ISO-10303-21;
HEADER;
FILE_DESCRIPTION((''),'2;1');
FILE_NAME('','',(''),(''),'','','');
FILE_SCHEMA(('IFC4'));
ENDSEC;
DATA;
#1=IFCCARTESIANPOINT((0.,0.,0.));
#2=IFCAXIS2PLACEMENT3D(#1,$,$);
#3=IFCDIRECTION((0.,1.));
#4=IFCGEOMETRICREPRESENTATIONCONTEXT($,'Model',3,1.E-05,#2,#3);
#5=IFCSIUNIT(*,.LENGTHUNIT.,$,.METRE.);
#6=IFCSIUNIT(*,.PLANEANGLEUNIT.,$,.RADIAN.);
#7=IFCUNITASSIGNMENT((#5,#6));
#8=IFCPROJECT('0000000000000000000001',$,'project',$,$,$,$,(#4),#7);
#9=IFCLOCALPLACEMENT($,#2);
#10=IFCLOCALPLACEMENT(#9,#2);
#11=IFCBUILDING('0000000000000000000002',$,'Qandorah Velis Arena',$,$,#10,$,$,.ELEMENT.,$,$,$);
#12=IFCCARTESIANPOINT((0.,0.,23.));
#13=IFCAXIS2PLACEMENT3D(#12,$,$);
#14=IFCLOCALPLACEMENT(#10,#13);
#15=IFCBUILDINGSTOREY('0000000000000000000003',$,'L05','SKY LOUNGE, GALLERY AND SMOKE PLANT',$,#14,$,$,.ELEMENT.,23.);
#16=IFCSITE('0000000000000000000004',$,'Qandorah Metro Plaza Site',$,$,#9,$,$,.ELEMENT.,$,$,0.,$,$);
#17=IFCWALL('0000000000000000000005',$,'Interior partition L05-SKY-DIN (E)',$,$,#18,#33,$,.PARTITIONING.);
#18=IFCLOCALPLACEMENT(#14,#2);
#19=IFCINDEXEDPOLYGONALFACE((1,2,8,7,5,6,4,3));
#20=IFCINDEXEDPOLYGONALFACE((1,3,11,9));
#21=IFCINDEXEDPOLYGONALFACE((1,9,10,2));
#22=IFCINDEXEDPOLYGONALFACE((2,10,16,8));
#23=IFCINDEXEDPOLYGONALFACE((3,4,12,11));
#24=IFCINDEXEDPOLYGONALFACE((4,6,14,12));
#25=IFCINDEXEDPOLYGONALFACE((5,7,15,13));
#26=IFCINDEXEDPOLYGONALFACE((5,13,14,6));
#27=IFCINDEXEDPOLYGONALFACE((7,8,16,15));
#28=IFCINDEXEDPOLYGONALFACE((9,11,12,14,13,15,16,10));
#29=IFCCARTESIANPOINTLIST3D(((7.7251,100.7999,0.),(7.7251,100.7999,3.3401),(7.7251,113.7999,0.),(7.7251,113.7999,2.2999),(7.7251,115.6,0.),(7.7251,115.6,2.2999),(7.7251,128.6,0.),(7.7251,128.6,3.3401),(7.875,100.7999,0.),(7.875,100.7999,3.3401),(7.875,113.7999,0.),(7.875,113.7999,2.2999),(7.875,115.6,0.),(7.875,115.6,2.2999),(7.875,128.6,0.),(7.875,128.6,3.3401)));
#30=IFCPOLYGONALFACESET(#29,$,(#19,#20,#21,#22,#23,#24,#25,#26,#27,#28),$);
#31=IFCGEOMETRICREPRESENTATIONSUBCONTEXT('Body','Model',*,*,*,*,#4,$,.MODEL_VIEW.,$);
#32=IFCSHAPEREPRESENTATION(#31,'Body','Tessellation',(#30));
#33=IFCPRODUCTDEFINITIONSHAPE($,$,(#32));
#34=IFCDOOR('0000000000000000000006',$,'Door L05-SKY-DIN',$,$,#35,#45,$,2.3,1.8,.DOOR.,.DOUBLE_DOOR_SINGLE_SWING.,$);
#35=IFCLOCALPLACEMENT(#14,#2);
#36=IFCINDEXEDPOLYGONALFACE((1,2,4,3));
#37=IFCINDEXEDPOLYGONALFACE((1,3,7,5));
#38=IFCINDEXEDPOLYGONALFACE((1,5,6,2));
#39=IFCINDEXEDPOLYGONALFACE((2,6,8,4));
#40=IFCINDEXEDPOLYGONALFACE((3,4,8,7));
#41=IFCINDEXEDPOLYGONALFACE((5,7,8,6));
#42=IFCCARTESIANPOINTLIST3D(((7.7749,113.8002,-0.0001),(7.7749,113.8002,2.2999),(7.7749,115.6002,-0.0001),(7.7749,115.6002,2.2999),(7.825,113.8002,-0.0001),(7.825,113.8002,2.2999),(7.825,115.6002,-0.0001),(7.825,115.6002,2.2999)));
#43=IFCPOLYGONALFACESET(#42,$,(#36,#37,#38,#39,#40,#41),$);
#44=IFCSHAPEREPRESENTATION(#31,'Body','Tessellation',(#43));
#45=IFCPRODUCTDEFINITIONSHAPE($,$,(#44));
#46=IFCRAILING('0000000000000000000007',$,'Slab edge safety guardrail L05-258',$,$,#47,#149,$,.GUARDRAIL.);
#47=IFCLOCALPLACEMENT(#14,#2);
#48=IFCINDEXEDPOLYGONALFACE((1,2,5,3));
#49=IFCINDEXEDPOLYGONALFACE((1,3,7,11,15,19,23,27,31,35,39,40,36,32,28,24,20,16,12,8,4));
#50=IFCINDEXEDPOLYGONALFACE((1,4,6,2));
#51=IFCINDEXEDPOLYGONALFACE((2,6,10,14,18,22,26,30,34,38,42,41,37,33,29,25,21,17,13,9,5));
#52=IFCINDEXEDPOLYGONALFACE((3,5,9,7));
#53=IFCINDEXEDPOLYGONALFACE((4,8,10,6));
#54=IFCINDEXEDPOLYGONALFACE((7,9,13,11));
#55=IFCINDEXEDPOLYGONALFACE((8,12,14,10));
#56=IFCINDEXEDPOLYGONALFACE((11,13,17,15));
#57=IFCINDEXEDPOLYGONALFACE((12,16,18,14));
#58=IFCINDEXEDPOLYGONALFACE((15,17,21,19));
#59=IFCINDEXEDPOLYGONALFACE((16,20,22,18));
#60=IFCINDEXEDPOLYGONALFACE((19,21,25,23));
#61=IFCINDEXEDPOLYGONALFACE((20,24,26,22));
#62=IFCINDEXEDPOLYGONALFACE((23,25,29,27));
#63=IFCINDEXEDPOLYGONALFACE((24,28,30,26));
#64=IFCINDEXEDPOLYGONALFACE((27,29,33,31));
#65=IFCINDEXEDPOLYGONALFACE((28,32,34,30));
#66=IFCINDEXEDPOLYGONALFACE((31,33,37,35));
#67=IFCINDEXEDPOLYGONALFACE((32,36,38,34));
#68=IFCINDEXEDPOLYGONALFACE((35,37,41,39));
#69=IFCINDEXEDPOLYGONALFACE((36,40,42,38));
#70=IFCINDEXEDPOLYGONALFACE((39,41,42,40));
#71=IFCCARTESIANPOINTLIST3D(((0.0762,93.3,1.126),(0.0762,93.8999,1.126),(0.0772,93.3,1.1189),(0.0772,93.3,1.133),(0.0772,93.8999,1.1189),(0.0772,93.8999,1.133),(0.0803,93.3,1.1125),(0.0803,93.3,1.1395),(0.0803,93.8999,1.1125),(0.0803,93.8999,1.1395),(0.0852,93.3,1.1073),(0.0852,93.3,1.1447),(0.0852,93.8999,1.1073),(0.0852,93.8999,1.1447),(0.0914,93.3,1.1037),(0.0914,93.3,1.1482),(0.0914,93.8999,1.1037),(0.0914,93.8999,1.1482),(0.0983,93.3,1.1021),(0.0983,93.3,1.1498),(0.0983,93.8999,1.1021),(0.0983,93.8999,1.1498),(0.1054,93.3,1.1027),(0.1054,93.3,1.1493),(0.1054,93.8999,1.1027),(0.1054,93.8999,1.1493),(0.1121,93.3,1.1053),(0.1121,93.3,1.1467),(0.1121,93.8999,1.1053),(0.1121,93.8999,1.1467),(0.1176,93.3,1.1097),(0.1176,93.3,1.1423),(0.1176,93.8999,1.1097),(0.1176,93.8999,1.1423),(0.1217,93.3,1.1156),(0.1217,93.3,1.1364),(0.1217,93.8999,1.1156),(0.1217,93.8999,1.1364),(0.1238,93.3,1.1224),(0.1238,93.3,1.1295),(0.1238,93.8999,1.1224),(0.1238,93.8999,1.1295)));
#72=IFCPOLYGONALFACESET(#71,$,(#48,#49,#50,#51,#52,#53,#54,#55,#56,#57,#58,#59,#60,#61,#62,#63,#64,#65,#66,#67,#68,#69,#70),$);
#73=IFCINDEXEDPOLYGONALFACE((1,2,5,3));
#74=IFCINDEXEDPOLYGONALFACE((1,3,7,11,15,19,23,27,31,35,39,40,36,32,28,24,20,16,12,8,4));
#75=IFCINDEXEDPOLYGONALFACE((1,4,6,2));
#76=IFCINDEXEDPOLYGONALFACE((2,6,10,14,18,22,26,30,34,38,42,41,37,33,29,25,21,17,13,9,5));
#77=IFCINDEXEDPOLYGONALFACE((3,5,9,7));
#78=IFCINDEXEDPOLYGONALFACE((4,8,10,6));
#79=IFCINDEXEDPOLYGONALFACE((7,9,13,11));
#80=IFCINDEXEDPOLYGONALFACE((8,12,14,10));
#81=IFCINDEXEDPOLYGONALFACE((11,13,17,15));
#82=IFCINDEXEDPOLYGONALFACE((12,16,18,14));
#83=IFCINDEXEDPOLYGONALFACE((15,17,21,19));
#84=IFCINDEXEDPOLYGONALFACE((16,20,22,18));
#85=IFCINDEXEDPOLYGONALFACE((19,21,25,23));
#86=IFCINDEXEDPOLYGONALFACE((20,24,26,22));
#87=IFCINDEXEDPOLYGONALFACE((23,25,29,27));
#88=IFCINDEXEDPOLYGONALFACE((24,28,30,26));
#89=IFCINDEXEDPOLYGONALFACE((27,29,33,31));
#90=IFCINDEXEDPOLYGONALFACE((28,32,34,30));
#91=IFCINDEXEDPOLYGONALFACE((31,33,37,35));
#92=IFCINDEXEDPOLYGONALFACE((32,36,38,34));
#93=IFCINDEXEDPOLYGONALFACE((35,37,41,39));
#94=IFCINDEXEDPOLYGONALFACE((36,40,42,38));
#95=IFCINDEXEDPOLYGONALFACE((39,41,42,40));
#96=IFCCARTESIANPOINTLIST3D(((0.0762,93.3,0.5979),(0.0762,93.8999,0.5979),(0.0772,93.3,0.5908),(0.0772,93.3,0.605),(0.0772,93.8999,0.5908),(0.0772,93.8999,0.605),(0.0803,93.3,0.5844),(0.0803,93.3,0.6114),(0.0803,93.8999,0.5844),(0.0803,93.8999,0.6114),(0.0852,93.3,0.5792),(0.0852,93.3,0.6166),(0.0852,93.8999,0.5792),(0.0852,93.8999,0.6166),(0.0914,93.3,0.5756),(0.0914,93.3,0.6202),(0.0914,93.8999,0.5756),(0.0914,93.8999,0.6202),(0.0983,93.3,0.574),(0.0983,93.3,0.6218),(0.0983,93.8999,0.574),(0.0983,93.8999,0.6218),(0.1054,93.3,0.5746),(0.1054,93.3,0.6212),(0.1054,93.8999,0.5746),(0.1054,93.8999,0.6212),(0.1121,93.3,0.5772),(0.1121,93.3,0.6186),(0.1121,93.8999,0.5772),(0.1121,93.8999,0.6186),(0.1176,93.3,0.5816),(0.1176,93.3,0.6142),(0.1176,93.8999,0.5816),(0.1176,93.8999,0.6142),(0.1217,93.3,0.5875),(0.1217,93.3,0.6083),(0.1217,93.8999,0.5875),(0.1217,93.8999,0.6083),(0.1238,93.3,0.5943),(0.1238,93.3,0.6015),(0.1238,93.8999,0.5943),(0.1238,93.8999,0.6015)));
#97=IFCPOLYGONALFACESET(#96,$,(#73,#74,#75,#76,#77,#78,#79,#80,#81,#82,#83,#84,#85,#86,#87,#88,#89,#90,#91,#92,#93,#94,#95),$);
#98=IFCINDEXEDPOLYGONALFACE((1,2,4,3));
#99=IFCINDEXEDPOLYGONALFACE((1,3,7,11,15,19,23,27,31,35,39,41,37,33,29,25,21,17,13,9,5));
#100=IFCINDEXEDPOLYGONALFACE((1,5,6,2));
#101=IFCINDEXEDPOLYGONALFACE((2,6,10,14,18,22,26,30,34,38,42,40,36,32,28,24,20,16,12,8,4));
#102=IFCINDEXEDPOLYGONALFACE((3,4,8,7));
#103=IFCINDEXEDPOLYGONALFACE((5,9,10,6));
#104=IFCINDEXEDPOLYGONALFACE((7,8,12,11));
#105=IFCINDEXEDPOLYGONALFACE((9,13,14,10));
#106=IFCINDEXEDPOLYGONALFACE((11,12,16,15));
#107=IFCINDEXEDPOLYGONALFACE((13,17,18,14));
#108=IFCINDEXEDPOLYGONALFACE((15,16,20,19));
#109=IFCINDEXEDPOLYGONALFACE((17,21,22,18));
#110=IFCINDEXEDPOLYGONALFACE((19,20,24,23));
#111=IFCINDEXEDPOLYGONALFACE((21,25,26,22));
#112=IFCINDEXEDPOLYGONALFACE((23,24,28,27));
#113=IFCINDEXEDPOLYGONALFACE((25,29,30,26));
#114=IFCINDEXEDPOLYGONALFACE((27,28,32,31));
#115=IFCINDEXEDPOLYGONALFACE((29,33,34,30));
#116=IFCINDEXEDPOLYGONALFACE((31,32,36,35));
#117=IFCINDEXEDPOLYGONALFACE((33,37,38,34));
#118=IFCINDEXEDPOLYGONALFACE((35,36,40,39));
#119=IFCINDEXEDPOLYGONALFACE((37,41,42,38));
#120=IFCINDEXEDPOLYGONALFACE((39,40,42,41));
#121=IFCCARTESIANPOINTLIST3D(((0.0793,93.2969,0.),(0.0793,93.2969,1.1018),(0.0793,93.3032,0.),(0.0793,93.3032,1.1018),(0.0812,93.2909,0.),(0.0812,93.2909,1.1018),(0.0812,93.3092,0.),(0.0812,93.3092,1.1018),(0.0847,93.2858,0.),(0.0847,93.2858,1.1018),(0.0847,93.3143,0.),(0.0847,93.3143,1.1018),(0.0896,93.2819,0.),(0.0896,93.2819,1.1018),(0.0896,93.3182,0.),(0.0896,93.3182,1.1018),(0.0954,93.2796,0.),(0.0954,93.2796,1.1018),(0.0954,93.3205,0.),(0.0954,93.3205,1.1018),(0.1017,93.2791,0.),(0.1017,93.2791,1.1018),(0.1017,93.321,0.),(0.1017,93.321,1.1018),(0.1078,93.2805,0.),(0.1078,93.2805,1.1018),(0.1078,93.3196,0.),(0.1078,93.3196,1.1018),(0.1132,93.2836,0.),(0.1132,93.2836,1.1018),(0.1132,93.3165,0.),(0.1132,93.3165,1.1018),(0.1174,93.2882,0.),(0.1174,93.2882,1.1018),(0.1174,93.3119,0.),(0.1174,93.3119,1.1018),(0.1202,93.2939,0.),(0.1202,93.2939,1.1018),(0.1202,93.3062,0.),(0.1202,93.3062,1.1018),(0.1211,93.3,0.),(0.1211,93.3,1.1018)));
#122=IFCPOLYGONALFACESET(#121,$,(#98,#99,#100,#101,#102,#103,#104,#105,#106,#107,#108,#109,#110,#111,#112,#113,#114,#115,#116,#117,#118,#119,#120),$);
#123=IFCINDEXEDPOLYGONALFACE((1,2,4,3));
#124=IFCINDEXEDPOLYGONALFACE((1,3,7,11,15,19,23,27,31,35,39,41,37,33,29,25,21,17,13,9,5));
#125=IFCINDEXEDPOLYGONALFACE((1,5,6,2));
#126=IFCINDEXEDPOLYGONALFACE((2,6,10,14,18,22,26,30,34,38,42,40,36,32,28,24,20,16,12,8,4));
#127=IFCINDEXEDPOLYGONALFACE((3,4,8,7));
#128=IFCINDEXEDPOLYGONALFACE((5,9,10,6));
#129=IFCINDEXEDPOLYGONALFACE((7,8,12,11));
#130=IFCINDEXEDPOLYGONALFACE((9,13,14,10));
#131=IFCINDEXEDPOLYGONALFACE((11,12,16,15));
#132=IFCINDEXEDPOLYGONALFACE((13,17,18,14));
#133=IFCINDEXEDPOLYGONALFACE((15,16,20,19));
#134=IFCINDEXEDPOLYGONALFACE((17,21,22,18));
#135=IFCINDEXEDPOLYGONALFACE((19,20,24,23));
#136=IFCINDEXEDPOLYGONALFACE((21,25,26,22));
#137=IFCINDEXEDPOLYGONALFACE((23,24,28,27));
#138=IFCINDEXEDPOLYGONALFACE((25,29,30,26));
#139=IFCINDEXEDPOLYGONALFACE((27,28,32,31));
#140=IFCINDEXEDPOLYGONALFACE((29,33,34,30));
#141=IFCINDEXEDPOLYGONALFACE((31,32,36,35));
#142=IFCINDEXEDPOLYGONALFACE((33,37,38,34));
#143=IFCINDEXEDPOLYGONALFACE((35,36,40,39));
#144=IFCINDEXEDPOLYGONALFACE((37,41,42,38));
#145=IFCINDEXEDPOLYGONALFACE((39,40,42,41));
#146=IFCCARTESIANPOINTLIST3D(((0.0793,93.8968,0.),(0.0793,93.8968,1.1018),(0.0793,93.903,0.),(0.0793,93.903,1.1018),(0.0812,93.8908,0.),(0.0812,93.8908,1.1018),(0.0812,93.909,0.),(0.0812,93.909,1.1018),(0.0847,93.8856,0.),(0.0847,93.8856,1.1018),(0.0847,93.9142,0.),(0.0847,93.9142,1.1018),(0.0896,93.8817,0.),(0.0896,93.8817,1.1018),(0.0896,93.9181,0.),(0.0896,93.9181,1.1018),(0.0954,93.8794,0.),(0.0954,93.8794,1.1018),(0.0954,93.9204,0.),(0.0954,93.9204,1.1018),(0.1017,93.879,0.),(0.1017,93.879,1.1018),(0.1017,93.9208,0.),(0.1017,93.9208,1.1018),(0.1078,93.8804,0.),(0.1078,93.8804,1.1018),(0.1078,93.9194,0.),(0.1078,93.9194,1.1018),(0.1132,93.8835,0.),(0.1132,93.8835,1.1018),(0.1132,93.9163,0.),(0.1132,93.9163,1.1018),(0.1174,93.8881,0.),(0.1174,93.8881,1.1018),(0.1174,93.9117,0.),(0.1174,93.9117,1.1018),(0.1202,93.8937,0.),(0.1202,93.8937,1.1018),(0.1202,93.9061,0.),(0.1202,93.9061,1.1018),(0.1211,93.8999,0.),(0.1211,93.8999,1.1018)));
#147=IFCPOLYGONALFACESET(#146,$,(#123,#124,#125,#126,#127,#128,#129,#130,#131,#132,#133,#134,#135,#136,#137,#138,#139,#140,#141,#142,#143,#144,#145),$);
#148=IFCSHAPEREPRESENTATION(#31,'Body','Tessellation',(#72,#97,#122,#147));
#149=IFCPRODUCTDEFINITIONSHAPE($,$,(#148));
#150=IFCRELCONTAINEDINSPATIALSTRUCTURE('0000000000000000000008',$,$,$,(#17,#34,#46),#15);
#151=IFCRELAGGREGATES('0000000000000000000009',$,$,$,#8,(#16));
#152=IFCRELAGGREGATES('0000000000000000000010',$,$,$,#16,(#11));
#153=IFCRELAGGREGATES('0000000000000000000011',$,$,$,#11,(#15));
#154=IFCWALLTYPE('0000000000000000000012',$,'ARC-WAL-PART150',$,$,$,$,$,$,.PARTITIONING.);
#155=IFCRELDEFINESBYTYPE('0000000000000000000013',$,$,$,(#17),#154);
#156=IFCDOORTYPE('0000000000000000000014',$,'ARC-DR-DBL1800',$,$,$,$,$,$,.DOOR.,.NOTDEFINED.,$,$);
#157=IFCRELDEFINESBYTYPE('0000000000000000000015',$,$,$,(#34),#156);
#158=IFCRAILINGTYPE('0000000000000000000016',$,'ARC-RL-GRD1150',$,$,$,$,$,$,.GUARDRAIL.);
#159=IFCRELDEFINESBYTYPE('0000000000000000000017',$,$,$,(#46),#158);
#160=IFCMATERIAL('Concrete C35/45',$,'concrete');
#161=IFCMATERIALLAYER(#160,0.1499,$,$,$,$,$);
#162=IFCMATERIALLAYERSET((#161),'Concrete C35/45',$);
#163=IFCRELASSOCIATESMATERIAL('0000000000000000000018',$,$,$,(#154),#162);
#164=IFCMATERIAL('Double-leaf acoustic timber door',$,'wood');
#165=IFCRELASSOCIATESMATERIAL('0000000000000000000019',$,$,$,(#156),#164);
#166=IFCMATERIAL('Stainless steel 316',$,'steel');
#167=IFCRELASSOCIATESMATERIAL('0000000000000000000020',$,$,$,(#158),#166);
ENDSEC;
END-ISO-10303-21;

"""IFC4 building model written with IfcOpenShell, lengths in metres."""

from ifc_helpers import new_model, si_unit, direction, frame, frame_2d, origin, origin_2d, place, context, subcontext, project, spatial, rectangle, circle, extrude, material, layer, layer_set, type_object, element, fill, save


model = new_model("IFC4")

# Units and contexts
model_context = context("Model", 3, precision=1e-05, world=origin(), true_north=direction((0.0, 1.0)))
body_context = subcontext(model_context, "Body", "Model", "MODEL_VIEW")
ifc_project = project(units=[si_unit("LENGTHUNIT", "METRE"), si_unit("PLANEANGLEUNIT", "RADIAN")], contexts=[model_context])

# Site, building, storey
site_placement = place(None, origin())
site = spatial("IfcSite", under=ifc_project, at=site_placement, Name="Qandorah Metro Plaza Site", CompositionType="ELEMENT", RefElevation=0.0)
building_placement = place(site_placement, origin())
building = spatial("IfcBuilding", under=site, at=building_placement, Name="Qandorah Velis Arena", CompositionType="ELEMENT")
storey_placement = place(building_placement, frame((0.0, 0.0, 23.0)))
storey = spatial("IfcBuildingStorey", under=building, at=storey_placement, Name="L05", Description="SKY LOUNGE, GALLERY AND SMOKE PLANT", CompositionType="ELEMENT", Elevation=23.0)

# Shared definitions
ifc_material_1 = material(Name="Concrete C35/45", Category="concrete")
ifc_layer_1 = layer(ifc_material_1, 0.1499)
ifc_layer_set_1 = layer_set([ifc_layer_1], Name="Concrete C35/45")
wall_type_1 = type_object("IfcWallType", Name="ARC-WAL-PART150", PredefinedType="PARTITIONING", material=ifc_layer_set_1)

# Wall, opening, door
wall_1_placement = place(storey_placement, frame((7.8, 100.8, 0.0), z_axis=(0.0, 0.0, 1.0), x_axis=(0.0, 1.0, 0.0)))
wall_1 = element("IfcWall", 1, at=wall_1_placement, inside=storey, type_object=wall_type_1, Name="Interior partition L05-SKY-DIN (E)", PredefinedType="PARTITIONING", context=body_context, shape_type="SweptSolid", body=[
    extrude(rectangle(XDim=27.8, YDim=0.1499, at=frame_2d((13.8999, 0.0))), origin(), (0.0, 0.0, 1.0), 3.3401),
])
opening_placement = place(wall_1_placement, frame((13.0, 0.0, 0.0)))
opening = element("IfcOpeningElement", 2, at=opening_placement, cuts=wall_1, PredefinedType="OPENING", context=body_context, shape_type="SweptSolid", body=[
    extrude(rectangle(XDim=1.8, YDim=2.3, at=frame_2d((0.8999, 1.1499))), frame((0.0, 0.085, 0.0), z_axis=(0.0, -1.0, 0.0), x_axis=(1.0, 0.0, 0.0)), (0.0, 0.0, 1.0), 0.1699),
])
ifc_material_2 = material(Name="Double-leaf acoustic timber door", Category="wood")
door_type = type_object("IfcDoorType", Name="ARC-DR-DBL1800", OperationType="NOTDEFINED", PredefinedType="DOOR", material=ifc_material_2)
door_placement = place(opening_placement, frame((1.8, 0.0, 0.0), z_axis=(0.0, 0.0, 1.0), x_axis=(-1.0, 0.0, 0.0)))
door = element("IfcDoor", 3, at=door_placement, inside=storey, type_object=door_type, Name="Door L05-SKY-DIN", OperationType="DOUBLE_DOOR_SINGLE_SWING", OverallHeight=2.3, OverallWidth=1.8, PredefinedType="DOOR", context=body_context, shape_type="SweptSolid", body=[
    extrude(rectangle(XDim=1.8, YDim=2.3, at=frame_2d((0.8999, 1.1499))), frame((0.0, 0.0249, 0.0), z_axis=(0.0, -1.0, 0.0), x_axis=(1.0, 0.0, 0.0)), (0.0, 0.0, 1.0), 0.05),
])
fill(opening, door)

# Railing
ifc_material_3 = material(Name="Stainless steel 316", Category="steel")
railing_type = type_object("IfcRailingType", Name="ARC-RL-GRD1150", PredefinedType="GUARDRAIL", material=ifc_material_3)
railing_1_placement = place(storey_placement, frame((0.1001, 93.3, 0.0)))
element("IfcRailing", 4, at=railing_1_placement, inside=storey, type_object=railing_type, Name="Slab edge safety guardrail L05-258", PredefinedType="GUARDRAIL", context=body_context, shape_type="SweptSolid", body=[
    extrude(circle(Radius=0.0239, at=origin_2d()), frame((0.0, 0.0, 1.126), z_axis=(0.0, 1.0, 0.0), x_axis=(-1.0, 0.0, 0.0)), (0.0, 0.0, 1.0), 0.5999),
    extrude(circle(Radius=0.0239, at=origin_2d()), frame((0.0, 0.0, 0.5979), z_axis=(0.0, 1.0, 0.0), x_axis=(-1.0, 0.0, 0.0)), (0.0, 0.0, 1.0), 0.5999),
    extrude(circle(Radius=0.021, at=origin_2d()), origin(), (0.0, 0.0, 1.0), 1.1018),
    extrude(circle(Radius=0.021, at=origin_2d()), frame((0.0, 0.5999, 0.0)), (0.0, 0.0, 1.0), 1.1018),
])

save(model, "model.ifc")
